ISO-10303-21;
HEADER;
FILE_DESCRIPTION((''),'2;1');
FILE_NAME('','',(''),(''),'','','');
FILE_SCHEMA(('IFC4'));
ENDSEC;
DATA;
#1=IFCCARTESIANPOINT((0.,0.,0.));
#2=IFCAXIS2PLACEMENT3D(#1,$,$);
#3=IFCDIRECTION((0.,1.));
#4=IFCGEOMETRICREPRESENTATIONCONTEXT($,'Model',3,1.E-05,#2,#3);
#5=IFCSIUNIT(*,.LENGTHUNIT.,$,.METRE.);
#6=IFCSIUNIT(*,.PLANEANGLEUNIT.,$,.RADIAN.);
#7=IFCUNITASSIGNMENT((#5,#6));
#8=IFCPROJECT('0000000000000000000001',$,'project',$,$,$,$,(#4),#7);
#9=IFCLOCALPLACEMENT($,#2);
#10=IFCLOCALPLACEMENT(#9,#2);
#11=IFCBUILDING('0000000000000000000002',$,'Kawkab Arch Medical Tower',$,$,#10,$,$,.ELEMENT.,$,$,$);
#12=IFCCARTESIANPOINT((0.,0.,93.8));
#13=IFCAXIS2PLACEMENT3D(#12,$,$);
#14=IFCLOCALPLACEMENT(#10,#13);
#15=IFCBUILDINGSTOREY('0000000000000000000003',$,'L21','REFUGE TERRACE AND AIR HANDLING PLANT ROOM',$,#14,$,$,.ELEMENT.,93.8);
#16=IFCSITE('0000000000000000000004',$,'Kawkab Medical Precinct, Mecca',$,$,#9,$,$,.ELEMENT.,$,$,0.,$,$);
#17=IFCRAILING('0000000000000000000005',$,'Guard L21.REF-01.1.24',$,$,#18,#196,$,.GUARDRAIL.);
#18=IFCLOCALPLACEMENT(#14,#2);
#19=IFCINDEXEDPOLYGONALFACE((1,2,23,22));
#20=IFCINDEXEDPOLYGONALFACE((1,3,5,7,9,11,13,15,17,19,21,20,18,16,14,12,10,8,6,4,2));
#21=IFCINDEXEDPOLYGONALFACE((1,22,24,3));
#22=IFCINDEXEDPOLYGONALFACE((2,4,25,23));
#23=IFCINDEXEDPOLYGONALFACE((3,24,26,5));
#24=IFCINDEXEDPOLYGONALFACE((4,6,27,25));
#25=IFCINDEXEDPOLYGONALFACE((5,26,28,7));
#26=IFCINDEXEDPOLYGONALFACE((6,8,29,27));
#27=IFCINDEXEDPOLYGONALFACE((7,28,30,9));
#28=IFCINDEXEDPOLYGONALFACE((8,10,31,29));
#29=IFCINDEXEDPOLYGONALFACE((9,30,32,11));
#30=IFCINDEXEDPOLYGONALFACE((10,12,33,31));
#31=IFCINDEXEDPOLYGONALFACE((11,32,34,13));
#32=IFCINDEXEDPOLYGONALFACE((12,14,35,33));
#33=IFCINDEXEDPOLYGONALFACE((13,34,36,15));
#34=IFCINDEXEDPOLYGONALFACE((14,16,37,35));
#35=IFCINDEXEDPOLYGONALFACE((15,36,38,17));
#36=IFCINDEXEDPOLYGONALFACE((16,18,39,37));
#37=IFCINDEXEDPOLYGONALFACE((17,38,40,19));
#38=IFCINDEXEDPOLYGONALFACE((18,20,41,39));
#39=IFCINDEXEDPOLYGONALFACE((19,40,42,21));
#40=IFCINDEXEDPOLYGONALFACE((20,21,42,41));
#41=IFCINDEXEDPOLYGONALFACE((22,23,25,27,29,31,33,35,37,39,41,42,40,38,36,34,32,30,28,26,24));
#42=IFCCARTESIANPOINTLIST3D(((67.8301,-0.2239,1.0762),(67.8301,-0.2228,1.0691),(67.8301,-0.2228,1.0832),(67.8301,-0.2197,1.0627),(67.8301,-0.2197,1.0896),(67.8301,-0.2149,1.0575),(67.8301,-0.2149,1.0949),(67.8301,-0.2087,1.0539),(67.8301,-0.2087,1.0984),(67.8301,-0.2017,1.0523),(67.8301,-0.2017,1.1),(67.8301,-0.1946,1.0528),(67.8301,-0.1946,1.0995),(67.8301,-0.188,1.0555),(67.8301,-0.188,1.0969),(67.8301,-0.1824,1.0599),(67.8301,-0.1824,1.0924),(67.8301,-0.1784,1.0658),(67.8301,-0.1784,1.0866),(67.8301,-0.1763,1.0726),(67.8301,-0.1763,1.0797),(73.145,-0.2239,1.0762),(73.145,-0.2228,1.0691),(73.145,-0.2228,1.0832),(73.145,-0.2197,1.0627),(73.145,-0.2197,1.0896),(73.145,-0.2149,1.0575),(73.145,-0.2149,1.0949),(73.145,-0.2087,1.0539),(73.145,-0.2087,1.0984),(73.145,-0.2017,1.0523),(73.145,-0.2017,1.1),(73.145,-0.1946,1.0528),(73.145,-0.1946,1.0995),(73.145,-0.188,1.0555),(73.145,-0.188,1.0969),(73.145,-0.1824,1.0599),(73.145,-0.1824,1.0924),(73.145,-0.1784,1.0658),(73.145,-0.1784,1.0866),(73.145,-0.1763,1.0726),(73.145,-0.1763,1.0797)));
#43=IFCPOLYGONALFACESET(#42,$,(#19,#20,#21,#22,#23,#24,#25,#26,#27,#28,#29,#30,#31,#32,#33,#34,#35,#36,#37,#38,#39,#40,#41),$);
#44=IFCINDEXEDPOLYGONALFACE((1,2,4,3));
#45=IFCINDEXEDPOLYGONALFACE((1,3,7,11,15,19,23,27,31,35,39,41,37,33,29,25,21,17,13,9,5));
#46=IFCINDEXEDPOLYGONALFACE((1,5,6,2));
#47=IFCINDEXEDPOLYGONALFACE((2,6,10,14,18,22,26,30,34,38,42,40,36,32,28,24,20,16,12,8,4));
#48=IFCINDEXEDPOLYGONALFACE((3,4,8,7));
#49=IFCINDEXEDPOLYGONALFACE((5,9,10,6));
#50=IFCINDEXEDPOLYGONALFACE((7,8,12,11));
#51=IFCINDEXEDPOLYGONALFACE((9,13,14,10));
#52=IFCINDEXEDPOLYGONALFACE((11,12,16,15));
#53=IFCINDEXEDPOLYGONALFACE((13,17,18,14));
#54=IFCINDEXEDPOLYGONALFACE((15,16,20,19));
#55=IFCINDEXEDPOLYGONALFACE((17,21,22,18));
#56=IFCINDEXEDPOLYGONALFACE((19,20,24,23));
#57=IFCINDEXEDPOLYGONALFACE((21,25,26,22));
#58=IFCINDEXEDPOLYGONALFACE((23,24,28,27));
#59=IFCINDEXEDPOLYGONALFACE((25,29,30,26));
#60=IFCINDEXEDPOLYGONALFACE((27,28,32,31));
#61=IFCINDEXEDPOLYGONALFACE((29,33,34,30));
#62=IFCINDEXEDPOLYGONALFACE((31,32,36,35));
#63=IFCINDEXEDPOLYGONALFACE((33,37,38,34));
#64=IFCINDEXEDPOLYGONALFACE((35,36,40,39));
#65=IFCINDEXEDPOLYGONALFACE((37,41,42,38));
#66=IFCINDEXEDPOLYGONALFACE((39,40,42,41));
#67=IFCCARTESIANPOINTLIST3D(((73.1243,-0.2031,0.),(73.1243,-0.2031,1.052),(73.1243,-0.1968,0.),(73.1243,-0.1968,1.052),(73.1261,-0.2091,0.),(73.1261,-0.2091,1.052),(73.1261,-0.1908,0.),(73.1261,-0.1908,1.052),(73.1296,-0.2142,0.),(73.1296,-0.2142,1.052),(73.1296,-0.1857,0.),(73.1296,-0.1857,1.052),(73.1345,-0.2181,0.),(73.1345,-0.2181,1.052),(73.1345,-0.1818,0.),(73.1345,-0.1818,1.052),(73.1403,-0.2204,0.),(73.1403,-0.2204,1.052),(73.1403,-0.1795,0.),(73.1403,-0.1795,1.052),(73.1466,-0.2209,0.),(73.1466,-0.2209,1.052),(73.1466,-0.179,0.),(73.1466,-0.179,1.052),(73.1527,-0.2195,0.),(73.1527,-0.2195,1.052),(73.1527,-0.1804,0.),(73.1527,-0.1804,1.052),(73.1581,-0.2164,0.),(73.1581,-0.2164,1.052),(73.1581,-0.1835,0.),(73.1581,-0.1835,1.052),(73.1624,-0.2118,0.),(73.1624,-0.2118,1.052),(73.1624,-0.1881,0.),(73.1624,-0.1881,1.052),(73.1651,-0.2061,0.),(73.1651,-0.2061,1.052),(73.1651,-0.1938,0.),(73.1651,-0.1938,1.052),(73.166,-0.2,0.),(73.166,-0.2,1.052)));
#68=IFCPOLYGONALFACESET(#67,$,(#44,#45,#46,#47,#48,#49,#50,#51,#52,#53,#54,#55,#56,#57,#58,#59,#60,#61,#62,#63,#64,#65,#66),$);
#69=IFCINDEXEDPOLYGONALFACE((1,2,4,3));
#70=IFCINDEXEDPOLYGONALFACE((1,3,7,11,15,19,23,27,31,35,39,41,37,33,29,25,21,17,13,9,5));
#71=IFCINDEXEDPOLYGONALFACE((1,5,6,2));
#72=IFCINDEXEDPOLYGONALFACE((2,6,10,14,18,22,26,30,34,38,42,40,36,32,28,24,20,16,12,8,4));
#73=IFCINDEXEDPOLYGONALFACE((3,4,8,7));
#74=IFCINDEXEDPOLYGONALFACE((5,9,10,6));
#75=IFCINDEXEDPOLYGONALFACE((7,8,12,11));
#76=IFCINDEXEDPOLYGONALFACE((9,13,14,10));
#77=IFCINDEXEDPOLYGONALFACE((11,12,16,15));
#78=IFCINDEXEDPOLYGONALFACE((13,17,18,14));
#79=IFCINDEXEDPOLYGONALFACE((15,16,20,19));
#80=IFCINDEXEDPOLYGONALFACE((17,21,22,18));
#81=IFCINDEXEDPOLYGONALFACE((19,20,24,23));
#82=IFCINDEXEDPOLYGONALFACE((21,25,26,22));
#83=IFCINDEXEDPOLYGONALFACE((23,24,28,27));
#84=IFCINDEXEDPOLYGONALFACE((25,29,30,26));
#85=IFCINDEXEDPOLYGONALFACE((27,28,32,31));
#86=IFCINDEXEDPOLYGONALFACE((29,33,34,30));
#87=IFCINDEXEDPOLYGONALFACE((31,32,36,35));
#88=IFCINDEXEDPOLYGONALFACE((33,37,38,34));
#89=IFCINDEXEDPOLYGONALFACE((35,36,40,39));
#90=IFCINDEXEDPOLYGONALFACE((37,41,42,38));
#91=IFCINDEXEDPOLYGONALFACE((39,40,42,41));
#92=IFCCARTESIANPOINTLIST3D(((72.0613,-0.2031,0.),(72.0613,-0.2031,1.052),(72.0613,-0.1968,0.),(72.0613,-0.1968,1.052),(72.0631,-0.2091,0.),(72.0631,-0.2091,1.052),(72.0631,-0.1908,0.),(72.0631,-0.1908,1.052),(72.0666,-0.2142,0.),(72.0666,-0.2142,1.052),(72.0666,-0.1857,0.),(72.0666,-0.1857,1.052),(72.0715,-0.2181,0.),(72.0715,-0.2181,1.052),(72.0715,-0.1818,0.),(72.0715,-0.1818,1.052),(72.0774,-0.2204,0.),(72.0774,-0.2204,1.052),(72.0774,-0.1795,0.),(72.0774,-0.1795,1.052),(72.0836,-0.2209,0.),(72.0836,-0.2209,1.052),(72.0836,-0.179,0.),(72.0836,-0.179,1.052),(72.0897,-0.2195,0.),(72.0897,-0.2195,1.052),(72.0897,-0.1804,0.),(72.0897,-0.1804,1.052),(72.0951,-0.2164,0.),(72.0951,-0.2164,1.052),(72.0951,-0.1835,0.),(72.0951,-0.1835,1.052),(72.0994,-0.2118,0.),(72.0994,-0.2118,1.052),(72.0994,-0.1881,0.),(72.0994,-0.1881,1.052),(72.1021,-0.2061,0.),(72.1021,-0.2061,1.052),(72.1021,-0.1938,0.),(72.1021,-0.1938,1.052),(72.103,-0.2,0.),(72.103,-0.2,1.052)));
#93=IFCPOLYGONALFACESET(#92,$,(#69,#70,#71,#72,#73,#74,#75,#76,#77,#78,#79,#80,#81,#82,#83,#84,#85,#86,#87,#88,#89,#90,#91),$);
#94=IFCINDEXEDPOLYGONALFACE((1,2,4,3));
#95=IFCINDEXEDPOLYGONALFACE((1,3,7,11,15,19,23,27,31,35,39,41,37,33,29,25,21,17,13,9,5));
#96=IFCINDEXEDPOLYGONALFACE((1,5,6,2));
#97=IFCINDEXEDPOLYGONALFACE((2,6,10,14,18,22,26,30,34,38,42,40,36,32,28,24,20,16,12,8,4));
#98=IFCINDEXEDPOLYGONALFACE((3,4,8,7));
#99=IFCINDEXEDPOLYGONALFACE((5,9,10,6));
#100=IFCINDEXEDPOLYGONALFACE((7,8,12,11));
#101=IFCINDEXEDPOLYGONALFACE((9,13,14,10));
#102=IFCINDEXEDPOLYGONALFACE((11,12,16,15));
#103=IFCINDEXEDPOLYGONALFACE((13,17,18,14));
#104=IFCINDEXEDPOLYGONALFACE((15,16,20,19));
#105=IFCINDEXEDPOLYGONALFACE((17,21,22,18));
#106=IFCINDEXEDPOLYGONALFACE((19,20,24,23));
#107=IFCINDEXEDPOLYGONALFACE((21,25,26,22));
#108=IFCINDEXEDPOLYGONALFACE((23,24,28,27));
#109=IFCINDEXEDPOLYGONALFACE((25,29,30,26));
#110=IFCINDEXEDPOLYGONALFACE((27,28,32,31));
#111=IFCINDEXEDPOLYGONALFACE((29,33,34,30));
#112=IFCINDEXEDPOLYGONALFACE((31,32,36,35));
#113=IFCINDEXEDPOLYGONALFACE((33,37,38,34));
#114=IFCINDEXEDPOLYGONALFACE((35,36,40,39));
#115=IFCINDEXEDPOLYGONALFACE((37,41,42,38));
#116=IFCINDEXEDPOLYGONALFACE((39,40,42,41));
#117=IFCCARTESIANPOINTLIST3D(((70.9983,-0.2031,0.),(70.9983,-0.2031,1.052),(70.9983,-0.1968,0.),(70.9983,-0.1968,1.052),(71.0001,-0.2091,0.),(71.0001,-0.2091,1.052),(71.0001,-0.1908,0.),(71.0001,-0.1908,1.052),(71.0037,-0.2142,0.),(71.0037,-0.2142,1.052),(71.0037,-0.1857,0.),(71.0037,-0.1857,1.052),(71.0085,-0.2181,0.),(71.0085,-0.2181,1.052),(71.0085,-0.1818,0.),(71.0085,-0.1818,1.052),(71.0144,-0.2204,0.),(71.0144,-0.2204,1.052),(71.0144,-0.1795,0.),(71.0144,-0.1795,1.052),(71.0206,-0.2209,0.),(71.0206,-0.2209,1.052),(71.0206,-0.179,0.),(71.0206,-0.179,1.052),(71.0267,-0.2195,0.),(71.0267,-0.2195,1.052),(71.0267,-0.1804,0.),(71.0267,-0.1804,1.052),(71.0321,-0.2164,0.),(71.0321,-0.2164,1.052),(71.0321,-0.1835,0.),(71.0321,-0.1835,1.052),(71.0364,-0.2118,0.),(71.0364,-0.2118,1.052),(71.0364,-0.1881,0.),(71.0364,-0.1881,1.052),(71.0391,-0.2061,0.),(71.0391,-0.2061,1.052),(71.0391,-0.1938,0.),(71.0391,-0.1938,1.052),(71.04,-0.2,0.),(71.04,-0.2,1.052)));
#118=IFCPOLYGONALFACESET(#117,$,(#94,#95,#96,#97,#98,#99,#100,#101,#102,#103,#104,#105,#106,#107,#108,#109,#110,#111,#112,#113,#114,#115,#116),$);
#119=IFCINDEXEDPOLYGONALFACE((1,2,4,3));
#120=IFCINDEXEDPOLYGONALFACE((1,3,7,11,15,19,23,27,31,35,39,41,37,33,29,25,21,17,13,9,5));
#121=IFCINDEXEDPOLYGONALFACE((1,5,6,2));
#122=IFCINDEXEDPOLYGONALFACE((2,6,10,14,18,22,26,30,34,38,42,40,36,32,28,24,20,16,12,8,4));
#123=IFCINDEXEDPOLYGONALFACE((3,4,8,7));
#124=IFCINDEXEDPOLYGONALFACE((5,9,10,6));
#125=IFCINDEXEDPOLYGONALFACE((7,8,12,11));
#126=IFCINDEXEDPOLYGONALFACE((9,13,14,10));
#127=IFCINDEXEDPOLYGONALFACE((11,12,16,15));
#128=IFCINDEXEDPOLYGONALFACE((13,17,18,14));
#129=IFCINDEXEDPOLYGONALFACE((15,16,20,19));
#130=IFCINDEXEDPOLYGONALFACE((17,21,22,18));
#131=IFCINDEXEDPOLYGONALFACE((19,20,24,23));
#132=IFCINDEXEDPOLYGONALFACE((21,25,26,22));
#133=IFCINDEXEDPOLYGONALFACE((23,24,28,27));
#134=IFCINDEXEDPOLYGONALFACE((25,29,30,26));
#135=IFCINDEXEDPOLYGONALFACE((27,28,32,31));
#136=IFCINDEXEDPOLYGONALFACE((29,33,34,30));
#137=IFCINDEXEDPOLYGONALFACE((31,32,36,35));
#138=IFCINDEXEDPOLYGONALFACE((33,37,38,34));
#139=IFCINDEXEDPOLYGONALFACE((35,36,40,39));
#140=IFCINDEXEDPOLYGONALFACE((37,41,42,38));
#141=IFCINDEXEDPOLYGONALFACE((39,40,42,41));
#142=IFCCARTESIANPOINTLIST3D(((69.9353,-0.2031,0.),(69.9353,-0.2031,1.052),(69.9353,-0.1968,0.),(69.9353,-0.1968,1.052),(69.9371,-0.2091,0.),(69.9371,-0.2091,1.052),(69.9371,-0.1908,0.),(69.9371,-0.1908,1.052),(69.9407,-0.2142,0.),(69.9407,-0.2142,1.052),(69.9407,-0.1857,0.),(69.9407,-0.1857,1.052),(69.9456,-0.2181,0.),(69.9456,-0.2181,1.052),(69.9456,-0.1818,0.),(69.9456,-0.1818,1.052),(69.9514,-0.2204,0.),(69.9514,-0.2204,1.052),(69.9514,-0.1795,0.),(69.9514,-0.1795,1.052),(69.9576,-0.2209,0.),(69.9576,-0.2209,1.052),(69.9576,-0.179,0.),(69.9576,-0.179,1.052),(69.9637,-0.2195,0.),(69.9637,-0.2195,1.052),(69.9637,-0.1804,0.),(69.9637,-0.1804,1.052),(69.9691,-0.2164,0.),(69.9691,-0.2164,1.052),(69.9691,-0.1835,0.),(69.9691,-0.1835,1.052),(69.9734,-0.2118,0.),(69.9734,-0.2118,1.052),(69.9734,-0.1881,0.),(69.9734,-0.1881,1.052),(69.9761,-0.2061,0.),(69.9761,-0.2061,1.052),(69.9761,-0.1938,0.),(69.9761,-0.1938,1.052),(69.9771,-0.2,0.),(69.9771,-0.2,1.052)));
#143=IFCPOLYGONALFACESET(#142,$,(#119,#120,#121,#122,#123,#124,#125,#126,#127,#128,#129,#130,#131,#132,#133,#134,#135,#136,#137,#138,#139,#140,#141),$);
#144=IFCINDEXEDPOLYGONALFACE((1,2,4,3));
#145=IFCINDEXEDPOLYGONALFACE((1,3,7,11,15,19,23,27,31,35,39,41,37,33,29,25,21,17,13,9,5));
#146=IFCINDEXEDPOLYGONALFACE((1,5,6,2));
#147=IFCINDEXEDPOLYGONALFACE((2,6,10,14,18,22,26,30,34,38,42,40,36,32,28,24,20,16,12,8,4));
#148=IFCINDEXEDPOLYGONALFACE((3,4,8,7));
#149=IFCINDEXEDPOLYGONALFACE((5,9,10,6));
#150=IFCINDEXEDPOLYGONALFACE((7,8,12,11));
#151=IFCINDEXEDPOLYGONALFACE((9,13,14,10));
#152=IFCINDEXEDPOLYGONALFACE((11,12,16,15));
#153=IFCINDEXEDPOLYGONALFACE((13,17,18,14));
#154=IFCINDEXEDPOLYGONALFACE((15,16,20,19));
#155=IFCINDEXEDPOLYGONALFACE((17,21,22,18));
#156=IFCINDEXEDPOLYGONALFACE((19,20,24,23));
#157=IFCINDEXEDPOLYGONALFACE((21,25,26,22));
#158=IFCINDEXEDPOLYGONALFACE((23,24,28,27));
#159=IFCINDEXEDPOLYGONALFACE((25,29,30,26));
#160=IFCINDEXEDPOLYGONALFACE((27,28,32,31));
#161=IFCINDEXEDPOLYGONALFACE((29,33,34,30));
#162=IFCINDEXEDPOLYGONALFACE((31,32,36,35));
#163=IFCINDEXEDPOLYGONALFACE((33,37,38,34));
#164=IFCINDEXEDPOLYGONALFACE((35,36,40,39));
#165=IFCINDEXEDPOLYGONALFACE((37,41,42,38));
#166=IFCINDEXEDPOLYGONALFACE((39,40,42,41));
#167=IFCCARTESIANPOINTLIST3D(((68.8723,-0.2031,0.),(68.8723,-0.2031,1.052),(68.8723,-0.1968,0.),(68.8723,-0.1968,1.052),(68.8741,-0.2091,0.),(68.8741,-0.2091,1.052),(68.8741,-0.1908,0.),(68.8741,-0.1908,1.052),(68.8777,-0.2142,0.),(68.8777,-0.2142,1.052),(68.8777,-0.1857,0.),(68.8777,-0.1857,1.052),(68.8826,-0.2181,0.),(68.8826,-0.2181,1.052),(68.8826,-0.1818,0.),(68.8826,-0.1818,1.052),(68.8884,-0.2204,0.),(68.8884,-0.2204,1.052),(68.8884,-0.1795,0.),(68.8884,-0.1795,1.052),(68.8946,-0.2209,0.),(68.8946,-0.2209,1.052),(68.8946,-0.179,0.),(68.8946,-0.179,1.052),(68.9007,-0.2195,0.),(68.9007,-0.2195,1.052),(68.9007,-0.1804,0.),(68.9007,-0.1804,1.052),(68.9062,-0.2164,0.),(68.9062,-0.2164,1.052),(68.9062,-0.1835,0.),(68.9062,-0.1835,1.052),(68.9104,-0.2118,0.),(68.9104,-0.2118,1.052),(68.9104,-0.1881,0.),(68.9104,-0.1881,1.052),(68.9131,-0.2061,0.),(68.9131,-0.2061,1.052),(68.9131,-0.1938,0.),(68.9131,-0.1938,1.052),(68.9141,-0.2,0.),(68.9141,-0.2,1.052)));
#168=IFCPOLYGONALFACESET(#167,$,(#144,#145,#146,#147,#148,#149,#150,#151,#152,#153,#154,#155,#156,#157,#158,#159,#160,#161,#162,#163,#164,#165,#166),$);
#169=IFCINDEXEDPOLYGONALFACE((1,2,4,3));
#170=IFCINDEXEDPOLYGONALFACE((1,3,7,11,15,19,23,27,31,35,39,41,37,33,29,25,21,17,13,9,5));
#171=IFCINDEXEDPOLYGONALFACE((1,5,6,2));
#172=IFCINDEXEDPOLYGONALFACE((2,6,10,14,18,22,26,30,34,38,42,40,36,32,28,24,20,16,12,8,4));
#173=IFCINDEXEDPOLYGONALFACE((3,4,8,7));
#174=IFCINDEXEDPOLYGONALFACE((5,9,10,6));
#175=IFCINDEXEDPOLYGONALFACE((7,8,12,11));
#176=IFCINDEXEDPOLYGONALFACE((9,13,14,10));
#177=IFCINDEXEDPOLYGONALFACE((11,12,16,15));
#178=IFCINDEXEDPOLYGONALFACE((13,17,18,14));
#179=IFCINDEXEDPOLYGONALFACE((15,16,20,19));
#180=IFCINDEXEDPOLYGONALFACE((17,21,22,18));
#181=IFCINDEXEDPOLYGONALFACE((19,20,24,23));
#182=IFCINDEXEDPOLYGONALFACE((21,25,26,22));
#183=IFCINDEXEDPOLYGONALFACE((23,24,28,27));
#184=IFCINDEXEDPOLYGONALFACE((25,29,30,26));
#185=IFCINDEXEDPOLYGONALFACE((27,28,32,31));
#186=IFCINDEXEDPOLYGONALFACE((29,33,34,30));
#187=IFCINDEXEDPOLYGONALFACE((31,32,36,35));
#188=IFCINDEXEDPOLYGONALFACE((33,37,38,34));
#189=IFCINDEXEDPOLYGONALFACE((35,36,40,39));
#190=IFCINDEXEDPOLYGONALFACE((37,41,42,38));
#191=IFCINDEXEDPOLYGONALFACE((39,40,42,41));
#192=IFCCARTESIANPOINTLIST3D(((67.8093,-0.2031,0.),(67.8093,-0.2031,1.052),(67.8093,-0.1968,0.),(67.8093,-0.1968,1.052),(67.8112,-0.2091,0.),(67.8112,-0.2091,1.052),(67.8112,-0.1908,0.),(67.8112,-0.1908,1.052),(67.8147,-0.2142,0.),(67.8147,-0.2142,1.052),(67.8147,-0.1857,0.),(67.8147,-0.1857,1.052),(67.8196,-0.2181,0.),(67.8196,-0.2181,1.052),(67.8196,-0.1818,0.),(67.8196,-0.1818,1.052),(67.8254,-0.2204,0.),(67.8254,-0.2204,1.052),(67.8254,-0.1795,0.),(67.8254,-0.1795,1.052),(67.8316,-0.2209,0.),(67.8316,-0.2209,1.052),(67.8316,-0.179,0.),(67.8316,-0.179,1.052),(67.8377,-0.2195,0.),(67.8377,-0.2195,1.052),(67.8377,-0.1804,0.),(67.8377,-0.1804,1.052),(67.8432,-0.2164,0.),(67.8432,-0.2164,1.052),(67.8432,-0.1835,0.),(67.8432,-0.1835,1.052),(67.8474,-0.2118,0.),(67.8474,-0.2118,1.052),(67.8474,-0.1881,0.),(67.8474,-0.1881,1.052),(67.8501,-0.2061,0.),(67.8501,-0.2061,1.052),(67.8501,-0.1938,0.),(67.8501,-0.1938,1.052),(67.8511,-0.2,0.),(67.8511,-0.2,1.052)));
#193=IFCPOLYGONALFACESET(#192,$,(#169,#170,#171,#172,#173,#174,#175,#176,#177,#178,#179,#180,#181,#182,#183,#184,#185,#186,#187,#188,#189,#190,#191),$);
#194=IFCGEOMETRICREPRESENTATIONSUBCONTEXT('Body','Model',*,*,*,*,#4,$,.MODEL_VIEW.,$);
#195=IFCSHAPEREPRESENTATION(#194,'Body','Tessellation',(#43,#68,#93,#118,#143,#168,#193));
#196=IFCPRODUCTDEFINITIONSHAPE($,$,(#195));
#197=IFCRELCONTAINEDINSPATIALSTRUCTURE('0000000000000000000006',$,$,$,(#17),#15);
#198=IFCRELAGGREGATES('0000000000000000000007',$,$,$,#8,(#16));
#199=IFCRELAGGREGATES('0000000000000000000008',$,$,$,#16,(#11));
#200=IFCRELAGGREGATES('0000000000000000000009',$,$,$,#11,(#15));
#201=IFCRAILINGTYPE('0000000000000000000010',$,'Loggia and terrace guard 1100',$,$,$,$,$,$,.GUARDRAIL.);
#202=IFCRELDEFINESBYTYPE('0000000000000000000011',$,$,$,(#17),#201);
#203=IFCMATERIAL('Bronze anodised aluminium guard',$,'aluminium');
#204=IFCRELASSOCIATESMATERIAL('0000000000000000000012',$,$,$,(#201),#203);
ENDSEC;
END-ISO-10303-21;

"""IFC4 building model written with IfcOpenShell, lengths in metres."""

from ifc_helpers import new_model, si_unit, direction, frame, origin, origin_2d, place, context, subcontext, project, spatial, circle, extrude, material, type_object, element, save


model = new_model("IFC4")

# Units and contexts
model_context = context("Model", 3, precision=1e-05, world=origin(), true_north=direction((0.0, 1.0)))
body_context = subcontext(model_context, "Body", "Model", "MODEL_VIEW")
ifc_project = project(units=[si_unit("LENGTHUNIT", "METRE"), si_unit("PLANEANGLEUNIT", "RADIAN")], contexts=[model_context])

# Site, building, storey
site_placement = place(None, origin())
site = spatial("IfcSite", under=ifc_project, at=site_placement, Name="Kawkab Medical Precinct, Mecca", CompositionType="ELEMENT", RefElevation=0.0)
building_placement = place(site_placement, origin())
building = spatial("IfcBuilding", under=site, at=building_placement, Name="Kawkab Arch Medical Tower", CompositionType="ELEMENT")
storey_placement = place(building_placement, frame((0.0, 0.0, 93.8)))
storey = spatial("IfcBuildingStorey", under=building, at=storey_placement, Name="L21", Description="REFUGE TERRACE AND AIR HANDLING PLANT ROOM", CompositionType="ELEMENT", Elevation=93.8)

# Railing
ifc_material_1 = material(Name="Bronze anodised aluminium guard", Category="aluminium")
railing_type = type_object("IfcRailingType", Name="Loggia and terrace guard 1100", PredefinedType="GUARDRAIL", material=ifc_material_1)
railing_1_placement = place(storey_placement, frame((73.145, -0.2, 0.0)))
element("IfcRailing", 1, at=railing_1_placement, inside=storey, type_object=railing_type, Name="Guard L21.REF-01.1.24", PredefinedType="GUARDRAIL", context=body_context, shape_type="SweptSolid", body=[
    extrude(circle(Radius=0.0239, at=origin_2d()), frame((0.0, 0.0, 1.0762), z_axis=(-1.0, 0.0, 0.0), x_axis=(0.0, -1.0, 0.0)), (0.0, 0.0, 1.0), 5.3149),
    extrude(circle(Radius=0.021, at=origin_2d()), origin(), (0.0, 0.0, 1.0), 1.052),
    extrude(circle(Radius=0.021, at=origin_2d()), frame((-1.063, 0.0, 0.0)), (0.0, 0.0, 1.0), 1.052),
    extrude(circle(Radius=0.021, at=origin_2d()), frame((-2.126, 0.0, 0.0)), (0.0, 0.0, 1.0), 1.052),
    extrude(circle(Radius=0.021, at=origin_2d()), frame((-3.189, 0.0, 0.0)), (0.0, 0.0, 1.0), 1.052),
    extrude(circle(Radius=0.021, at=origin_2d()), frame((-4.252, 0.0, 0.0)), (0.0, 0.0, 1.0), 1.052),
    extrude(circle(Radius=0.021, at=origin_2d()), frame((-5.3149, 0.0, 0.0)), (0.0, 0.0, 1.0), 1.052),
])

save(model, "model.ifc")
